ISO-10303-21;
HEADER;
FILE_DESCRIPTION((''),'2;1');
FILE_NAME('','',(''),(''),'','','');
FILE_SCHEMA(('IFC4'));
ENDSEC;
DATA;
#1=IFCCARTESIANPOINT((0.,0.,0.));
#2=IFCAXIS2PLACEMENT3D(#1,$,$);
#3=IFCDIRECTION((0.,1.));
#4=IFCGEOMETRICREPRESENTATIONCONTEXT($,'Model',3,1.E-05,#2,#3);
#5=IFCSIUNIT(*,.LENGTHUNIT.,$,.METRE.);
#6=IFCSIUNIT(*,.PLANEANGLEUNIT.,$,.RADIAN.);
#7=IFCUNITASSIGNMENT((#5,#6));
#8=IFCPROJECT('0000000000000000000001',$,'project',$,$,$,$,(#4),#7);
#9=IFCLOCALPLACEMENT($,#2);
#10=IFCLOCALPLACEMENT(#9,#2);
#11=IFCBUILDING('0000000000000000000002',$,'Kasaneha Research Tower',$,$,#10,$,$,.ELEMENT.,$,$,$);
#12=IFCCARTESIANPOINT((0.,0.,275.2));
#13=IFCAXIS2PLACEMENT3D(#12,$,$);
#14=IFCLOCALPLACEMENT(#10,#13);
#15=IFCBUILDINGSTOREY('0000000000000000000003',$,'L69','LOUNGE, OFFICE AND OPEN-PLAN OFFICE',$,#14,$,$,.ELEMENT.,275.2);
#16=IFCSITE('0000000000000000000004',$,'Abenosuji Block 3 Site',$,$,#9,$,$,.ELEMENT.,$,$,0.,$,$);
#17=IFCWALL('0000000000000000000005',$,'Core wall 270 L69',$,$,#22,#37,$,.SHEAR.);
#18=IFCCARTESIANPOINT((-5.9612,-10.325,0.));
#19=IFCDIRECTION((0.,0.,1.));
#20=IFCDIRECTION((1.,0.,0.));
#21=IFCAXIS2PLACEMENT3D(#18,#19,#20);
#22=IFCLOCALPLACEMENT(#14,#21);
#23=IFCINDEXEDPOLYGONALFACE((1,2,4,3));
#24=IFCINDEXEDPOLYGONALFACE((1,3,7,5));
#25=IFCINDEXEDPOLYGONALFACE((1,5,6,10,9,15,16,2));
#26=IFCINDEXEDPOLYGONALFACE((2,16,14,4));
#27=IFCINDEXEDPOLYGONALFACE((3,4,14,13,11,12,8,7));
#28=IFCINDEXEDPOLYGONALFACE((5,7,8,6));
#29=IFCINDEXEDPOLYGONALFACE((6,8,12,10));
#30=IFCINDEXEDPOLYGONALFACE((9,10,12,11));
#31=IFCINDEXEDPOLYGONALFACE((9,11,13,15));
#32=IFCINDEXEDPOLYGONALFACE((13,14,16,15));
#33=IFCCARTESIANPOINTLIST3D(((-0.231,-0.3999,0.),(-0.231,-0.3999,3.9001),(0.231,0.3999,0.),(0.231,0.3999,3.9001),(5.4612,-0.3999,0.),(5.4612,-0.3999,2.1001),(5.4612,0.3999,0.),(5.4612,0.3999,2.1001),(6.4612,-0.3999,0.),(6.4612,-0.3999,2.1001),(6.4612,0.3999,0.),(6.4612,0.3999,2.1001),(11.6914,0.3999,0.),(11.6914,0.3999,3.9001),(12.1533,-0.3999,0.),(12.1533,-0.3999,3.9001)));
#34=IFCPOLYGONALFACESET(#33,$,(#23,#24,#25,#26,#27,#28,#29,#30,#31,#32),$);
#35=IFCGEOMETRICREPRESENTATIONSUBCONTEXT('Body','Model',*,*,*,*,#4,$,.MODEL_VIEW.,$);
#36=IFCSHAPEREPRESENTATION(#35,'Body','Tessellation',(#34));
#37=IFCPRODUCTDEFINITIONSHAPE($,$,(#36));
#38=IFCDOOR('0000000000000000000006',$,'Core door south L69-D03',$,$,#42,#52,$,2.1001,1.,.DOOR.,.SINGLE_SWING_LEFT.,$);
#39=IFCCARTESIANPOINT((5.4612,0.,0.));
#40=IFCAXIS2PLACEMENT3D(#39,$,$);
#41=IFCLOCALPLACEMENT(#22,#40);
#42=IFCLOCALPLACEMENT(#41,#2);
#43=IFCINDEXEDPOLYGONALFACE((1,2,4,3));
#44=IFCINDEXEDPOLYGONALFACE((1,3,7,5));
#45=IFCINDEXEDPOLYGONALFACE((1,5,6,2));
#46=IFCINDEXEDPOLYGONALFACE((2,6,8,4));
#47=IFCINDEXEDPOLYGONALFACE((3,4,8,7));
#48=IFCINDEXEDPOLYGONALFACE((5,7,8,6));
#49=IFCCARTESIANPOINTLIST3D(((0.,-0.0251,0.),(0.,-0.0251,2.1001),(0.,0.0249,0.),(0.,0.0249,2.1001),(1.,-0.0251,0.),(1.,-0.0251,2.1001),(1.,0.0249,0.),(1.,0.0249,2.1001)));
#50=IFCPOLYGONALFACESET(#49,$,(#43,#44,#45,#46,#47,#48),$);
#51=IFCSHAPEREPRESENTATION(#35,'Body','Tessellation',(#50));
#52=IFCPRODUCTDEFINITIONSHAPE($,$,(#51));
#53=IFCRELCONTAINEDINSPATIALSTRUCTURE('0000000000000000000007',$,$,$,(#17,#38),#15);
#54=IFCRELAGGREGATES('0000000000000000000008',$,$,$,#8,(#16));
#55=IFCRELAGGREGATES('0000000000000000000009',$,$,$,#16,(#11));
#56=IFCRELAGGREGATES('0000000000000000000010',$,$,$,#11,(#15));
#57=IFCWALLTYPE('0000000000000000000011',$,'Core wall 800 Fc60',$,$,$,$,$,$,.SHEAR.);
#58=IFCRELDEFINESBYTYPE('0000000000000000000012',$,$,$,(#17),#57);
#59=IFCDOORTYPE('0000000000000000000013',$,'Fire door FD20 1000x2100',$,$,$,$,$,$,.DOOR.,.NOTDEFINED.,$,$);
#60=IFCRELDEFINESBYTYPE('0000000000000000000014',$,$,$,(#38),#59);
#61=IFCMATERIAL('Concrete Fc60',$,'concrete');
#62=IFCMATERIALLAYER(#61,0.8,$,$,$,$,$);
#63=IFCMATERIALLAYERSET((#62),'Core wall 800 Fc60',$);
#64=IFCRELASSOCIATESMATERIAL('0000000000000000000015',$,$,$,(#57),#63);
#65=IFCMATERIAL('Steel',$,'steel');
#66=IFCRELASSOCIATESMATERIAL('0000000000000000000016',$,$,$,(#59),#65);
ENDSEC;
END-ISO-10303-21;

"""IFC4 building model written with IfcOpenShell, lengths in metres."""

from ifc_helpers import new_model, si_unit, direction, frame, frame_2d, origin, place, context, subcontext, project, spatial, polyline, rectangle, outline, extrude, material, layer, layer_set, type_object, element, fill, save


model = new_model("IFC4")

# Units and contexts
model_context = context("Model", 3, precision=1e-05, world=origin(), true_north=direction((0.0, 1.0)))
body_context = subcontext(model_context, "Body", "Model", "MODEL_VIEW")
ifc_project = project(units=[si_unit("LENGTHUNIT", "METRE"), si_unit("PLANEANGLEUNIT", "RADIAN")], contexts=[model_context])

# Site, building, storey
site_placement = place(None, origin())
site = spatial("IfcSite", under=ifc_project, at=site_placement, Name="Abenosuji Block 3 Site", CompositionType="ELEMENT", RefElevation=0.0)
building_placement = place(site_placement, origin())
building = spatial("IfcBuilding", under=site, at=building_placement, Name="Kasaneha Research Tower", CompositionType="ELEMENT")
storey_placement = place(building_placement, frame((0.0, 0.0, 275.2)))
storey = spatial("IfcBuildingStorey", under=building, at=storey_placement, Name="L69", Description="LOUNGE, OFFICE AND OPEN-PLAN OFFICE", CompositionType="ELEMENT", Elevation=275.2)

# Wall, opening, door
ifc_material_1 = material(Name="Concrete Fc60", Category="concrete")
ifc_layer_1 = layer(ifc_material_1, 0.8)
ifc_layer_set_1 = layer_set([ifc_layer_1], Name="Core wall 800 Fc60")
wall_type_1 = type_object("IfcWallType", Name="Core wall 800 Fc60", PredefinedType="SHEAR", material=ifc_layer_set_1)
wall_1_placement = place(storey_placement, frame((-5.9612, -10.325, 0.0), z_axis=(0.0, 0.0, 1.0), x_axis=(1.0, 0.0, 0.0)))
wall_1 = element("IfcWall", 1, at=wall_1_placement, inside=storey, type_object=wall_type_1, Name="Core wall 270 L69", PredefinedType="SHEAR", context=body_context, shape_type="SweptSolid", body=[
    extrude(outline(polyline([(-0.231, -0.3999), (5.4612, -0.3999), (6.4612, -0.3999), (12.1533, -0.3999), (11.6914, 0.3999), (6.4612, 0.3999), (5.4612, 0.3999), (0.231, 0.3999), (-0.231, -0.3999)])), origin(), (0.0, 0.0, 1.0), 3.9001),
])
opening_1_placement = place(wall_1_placement, frame((5.4612, 0.0, 0.0)))
opening_1 = element("IfcOpeningElement", 2, at=opening_1_placement, cuts=wall_1, PredefinedType="OPENING", context=body_context, shape_type="SweptSolid", body=[
    extrude(rectangle(XDim=1.0, YDim=2.1001, at=frame_2d((0.5, 1.05))), frame((0.0, 0.4102, 0.0), z_axis=(0.0, -1.0, 0.0), x_axis=(1.0, 0.0, 0.0)), (0.0, 0.0, 1.0), 0.8201),
])
ifc_material_2 = material(Name="Steel", Category="steel")
door_type_1 = type_object("IfcDoorType", Name="Fire door FD20 1000x2100", OperationType="NOTDEFINED", PredefinedType="DOOR", material=ifc_material_2)
door_1_placement = place(opening_1_placement, origin())
door_1 = element("IfcDoor", 3, at=door_1_placement, inside=storey, type_object=door_type_1, Name="Core door south L69-D03", OperationType="SINGLE_SWING_LEFT", OverallHeight=2.1001, OverallWidth=1.0, PredefinedType="DOOR", context=body_context, shape_type="SweptSolid", body=[
    extrude(rectangle(XDim=1.0, YDim=2.1001, at=frame_2d((0.5, 1.05))), frame((0.0, 0.0249, 0.0), z_axis=(0.0, -1.0, 0.0), x_axis=(1.0, 0.0, 0.0)), (0.0, 0.0, 1.0), 0.05),
])
fill(opening_1, door_1)

save(model, "model.ifc")
